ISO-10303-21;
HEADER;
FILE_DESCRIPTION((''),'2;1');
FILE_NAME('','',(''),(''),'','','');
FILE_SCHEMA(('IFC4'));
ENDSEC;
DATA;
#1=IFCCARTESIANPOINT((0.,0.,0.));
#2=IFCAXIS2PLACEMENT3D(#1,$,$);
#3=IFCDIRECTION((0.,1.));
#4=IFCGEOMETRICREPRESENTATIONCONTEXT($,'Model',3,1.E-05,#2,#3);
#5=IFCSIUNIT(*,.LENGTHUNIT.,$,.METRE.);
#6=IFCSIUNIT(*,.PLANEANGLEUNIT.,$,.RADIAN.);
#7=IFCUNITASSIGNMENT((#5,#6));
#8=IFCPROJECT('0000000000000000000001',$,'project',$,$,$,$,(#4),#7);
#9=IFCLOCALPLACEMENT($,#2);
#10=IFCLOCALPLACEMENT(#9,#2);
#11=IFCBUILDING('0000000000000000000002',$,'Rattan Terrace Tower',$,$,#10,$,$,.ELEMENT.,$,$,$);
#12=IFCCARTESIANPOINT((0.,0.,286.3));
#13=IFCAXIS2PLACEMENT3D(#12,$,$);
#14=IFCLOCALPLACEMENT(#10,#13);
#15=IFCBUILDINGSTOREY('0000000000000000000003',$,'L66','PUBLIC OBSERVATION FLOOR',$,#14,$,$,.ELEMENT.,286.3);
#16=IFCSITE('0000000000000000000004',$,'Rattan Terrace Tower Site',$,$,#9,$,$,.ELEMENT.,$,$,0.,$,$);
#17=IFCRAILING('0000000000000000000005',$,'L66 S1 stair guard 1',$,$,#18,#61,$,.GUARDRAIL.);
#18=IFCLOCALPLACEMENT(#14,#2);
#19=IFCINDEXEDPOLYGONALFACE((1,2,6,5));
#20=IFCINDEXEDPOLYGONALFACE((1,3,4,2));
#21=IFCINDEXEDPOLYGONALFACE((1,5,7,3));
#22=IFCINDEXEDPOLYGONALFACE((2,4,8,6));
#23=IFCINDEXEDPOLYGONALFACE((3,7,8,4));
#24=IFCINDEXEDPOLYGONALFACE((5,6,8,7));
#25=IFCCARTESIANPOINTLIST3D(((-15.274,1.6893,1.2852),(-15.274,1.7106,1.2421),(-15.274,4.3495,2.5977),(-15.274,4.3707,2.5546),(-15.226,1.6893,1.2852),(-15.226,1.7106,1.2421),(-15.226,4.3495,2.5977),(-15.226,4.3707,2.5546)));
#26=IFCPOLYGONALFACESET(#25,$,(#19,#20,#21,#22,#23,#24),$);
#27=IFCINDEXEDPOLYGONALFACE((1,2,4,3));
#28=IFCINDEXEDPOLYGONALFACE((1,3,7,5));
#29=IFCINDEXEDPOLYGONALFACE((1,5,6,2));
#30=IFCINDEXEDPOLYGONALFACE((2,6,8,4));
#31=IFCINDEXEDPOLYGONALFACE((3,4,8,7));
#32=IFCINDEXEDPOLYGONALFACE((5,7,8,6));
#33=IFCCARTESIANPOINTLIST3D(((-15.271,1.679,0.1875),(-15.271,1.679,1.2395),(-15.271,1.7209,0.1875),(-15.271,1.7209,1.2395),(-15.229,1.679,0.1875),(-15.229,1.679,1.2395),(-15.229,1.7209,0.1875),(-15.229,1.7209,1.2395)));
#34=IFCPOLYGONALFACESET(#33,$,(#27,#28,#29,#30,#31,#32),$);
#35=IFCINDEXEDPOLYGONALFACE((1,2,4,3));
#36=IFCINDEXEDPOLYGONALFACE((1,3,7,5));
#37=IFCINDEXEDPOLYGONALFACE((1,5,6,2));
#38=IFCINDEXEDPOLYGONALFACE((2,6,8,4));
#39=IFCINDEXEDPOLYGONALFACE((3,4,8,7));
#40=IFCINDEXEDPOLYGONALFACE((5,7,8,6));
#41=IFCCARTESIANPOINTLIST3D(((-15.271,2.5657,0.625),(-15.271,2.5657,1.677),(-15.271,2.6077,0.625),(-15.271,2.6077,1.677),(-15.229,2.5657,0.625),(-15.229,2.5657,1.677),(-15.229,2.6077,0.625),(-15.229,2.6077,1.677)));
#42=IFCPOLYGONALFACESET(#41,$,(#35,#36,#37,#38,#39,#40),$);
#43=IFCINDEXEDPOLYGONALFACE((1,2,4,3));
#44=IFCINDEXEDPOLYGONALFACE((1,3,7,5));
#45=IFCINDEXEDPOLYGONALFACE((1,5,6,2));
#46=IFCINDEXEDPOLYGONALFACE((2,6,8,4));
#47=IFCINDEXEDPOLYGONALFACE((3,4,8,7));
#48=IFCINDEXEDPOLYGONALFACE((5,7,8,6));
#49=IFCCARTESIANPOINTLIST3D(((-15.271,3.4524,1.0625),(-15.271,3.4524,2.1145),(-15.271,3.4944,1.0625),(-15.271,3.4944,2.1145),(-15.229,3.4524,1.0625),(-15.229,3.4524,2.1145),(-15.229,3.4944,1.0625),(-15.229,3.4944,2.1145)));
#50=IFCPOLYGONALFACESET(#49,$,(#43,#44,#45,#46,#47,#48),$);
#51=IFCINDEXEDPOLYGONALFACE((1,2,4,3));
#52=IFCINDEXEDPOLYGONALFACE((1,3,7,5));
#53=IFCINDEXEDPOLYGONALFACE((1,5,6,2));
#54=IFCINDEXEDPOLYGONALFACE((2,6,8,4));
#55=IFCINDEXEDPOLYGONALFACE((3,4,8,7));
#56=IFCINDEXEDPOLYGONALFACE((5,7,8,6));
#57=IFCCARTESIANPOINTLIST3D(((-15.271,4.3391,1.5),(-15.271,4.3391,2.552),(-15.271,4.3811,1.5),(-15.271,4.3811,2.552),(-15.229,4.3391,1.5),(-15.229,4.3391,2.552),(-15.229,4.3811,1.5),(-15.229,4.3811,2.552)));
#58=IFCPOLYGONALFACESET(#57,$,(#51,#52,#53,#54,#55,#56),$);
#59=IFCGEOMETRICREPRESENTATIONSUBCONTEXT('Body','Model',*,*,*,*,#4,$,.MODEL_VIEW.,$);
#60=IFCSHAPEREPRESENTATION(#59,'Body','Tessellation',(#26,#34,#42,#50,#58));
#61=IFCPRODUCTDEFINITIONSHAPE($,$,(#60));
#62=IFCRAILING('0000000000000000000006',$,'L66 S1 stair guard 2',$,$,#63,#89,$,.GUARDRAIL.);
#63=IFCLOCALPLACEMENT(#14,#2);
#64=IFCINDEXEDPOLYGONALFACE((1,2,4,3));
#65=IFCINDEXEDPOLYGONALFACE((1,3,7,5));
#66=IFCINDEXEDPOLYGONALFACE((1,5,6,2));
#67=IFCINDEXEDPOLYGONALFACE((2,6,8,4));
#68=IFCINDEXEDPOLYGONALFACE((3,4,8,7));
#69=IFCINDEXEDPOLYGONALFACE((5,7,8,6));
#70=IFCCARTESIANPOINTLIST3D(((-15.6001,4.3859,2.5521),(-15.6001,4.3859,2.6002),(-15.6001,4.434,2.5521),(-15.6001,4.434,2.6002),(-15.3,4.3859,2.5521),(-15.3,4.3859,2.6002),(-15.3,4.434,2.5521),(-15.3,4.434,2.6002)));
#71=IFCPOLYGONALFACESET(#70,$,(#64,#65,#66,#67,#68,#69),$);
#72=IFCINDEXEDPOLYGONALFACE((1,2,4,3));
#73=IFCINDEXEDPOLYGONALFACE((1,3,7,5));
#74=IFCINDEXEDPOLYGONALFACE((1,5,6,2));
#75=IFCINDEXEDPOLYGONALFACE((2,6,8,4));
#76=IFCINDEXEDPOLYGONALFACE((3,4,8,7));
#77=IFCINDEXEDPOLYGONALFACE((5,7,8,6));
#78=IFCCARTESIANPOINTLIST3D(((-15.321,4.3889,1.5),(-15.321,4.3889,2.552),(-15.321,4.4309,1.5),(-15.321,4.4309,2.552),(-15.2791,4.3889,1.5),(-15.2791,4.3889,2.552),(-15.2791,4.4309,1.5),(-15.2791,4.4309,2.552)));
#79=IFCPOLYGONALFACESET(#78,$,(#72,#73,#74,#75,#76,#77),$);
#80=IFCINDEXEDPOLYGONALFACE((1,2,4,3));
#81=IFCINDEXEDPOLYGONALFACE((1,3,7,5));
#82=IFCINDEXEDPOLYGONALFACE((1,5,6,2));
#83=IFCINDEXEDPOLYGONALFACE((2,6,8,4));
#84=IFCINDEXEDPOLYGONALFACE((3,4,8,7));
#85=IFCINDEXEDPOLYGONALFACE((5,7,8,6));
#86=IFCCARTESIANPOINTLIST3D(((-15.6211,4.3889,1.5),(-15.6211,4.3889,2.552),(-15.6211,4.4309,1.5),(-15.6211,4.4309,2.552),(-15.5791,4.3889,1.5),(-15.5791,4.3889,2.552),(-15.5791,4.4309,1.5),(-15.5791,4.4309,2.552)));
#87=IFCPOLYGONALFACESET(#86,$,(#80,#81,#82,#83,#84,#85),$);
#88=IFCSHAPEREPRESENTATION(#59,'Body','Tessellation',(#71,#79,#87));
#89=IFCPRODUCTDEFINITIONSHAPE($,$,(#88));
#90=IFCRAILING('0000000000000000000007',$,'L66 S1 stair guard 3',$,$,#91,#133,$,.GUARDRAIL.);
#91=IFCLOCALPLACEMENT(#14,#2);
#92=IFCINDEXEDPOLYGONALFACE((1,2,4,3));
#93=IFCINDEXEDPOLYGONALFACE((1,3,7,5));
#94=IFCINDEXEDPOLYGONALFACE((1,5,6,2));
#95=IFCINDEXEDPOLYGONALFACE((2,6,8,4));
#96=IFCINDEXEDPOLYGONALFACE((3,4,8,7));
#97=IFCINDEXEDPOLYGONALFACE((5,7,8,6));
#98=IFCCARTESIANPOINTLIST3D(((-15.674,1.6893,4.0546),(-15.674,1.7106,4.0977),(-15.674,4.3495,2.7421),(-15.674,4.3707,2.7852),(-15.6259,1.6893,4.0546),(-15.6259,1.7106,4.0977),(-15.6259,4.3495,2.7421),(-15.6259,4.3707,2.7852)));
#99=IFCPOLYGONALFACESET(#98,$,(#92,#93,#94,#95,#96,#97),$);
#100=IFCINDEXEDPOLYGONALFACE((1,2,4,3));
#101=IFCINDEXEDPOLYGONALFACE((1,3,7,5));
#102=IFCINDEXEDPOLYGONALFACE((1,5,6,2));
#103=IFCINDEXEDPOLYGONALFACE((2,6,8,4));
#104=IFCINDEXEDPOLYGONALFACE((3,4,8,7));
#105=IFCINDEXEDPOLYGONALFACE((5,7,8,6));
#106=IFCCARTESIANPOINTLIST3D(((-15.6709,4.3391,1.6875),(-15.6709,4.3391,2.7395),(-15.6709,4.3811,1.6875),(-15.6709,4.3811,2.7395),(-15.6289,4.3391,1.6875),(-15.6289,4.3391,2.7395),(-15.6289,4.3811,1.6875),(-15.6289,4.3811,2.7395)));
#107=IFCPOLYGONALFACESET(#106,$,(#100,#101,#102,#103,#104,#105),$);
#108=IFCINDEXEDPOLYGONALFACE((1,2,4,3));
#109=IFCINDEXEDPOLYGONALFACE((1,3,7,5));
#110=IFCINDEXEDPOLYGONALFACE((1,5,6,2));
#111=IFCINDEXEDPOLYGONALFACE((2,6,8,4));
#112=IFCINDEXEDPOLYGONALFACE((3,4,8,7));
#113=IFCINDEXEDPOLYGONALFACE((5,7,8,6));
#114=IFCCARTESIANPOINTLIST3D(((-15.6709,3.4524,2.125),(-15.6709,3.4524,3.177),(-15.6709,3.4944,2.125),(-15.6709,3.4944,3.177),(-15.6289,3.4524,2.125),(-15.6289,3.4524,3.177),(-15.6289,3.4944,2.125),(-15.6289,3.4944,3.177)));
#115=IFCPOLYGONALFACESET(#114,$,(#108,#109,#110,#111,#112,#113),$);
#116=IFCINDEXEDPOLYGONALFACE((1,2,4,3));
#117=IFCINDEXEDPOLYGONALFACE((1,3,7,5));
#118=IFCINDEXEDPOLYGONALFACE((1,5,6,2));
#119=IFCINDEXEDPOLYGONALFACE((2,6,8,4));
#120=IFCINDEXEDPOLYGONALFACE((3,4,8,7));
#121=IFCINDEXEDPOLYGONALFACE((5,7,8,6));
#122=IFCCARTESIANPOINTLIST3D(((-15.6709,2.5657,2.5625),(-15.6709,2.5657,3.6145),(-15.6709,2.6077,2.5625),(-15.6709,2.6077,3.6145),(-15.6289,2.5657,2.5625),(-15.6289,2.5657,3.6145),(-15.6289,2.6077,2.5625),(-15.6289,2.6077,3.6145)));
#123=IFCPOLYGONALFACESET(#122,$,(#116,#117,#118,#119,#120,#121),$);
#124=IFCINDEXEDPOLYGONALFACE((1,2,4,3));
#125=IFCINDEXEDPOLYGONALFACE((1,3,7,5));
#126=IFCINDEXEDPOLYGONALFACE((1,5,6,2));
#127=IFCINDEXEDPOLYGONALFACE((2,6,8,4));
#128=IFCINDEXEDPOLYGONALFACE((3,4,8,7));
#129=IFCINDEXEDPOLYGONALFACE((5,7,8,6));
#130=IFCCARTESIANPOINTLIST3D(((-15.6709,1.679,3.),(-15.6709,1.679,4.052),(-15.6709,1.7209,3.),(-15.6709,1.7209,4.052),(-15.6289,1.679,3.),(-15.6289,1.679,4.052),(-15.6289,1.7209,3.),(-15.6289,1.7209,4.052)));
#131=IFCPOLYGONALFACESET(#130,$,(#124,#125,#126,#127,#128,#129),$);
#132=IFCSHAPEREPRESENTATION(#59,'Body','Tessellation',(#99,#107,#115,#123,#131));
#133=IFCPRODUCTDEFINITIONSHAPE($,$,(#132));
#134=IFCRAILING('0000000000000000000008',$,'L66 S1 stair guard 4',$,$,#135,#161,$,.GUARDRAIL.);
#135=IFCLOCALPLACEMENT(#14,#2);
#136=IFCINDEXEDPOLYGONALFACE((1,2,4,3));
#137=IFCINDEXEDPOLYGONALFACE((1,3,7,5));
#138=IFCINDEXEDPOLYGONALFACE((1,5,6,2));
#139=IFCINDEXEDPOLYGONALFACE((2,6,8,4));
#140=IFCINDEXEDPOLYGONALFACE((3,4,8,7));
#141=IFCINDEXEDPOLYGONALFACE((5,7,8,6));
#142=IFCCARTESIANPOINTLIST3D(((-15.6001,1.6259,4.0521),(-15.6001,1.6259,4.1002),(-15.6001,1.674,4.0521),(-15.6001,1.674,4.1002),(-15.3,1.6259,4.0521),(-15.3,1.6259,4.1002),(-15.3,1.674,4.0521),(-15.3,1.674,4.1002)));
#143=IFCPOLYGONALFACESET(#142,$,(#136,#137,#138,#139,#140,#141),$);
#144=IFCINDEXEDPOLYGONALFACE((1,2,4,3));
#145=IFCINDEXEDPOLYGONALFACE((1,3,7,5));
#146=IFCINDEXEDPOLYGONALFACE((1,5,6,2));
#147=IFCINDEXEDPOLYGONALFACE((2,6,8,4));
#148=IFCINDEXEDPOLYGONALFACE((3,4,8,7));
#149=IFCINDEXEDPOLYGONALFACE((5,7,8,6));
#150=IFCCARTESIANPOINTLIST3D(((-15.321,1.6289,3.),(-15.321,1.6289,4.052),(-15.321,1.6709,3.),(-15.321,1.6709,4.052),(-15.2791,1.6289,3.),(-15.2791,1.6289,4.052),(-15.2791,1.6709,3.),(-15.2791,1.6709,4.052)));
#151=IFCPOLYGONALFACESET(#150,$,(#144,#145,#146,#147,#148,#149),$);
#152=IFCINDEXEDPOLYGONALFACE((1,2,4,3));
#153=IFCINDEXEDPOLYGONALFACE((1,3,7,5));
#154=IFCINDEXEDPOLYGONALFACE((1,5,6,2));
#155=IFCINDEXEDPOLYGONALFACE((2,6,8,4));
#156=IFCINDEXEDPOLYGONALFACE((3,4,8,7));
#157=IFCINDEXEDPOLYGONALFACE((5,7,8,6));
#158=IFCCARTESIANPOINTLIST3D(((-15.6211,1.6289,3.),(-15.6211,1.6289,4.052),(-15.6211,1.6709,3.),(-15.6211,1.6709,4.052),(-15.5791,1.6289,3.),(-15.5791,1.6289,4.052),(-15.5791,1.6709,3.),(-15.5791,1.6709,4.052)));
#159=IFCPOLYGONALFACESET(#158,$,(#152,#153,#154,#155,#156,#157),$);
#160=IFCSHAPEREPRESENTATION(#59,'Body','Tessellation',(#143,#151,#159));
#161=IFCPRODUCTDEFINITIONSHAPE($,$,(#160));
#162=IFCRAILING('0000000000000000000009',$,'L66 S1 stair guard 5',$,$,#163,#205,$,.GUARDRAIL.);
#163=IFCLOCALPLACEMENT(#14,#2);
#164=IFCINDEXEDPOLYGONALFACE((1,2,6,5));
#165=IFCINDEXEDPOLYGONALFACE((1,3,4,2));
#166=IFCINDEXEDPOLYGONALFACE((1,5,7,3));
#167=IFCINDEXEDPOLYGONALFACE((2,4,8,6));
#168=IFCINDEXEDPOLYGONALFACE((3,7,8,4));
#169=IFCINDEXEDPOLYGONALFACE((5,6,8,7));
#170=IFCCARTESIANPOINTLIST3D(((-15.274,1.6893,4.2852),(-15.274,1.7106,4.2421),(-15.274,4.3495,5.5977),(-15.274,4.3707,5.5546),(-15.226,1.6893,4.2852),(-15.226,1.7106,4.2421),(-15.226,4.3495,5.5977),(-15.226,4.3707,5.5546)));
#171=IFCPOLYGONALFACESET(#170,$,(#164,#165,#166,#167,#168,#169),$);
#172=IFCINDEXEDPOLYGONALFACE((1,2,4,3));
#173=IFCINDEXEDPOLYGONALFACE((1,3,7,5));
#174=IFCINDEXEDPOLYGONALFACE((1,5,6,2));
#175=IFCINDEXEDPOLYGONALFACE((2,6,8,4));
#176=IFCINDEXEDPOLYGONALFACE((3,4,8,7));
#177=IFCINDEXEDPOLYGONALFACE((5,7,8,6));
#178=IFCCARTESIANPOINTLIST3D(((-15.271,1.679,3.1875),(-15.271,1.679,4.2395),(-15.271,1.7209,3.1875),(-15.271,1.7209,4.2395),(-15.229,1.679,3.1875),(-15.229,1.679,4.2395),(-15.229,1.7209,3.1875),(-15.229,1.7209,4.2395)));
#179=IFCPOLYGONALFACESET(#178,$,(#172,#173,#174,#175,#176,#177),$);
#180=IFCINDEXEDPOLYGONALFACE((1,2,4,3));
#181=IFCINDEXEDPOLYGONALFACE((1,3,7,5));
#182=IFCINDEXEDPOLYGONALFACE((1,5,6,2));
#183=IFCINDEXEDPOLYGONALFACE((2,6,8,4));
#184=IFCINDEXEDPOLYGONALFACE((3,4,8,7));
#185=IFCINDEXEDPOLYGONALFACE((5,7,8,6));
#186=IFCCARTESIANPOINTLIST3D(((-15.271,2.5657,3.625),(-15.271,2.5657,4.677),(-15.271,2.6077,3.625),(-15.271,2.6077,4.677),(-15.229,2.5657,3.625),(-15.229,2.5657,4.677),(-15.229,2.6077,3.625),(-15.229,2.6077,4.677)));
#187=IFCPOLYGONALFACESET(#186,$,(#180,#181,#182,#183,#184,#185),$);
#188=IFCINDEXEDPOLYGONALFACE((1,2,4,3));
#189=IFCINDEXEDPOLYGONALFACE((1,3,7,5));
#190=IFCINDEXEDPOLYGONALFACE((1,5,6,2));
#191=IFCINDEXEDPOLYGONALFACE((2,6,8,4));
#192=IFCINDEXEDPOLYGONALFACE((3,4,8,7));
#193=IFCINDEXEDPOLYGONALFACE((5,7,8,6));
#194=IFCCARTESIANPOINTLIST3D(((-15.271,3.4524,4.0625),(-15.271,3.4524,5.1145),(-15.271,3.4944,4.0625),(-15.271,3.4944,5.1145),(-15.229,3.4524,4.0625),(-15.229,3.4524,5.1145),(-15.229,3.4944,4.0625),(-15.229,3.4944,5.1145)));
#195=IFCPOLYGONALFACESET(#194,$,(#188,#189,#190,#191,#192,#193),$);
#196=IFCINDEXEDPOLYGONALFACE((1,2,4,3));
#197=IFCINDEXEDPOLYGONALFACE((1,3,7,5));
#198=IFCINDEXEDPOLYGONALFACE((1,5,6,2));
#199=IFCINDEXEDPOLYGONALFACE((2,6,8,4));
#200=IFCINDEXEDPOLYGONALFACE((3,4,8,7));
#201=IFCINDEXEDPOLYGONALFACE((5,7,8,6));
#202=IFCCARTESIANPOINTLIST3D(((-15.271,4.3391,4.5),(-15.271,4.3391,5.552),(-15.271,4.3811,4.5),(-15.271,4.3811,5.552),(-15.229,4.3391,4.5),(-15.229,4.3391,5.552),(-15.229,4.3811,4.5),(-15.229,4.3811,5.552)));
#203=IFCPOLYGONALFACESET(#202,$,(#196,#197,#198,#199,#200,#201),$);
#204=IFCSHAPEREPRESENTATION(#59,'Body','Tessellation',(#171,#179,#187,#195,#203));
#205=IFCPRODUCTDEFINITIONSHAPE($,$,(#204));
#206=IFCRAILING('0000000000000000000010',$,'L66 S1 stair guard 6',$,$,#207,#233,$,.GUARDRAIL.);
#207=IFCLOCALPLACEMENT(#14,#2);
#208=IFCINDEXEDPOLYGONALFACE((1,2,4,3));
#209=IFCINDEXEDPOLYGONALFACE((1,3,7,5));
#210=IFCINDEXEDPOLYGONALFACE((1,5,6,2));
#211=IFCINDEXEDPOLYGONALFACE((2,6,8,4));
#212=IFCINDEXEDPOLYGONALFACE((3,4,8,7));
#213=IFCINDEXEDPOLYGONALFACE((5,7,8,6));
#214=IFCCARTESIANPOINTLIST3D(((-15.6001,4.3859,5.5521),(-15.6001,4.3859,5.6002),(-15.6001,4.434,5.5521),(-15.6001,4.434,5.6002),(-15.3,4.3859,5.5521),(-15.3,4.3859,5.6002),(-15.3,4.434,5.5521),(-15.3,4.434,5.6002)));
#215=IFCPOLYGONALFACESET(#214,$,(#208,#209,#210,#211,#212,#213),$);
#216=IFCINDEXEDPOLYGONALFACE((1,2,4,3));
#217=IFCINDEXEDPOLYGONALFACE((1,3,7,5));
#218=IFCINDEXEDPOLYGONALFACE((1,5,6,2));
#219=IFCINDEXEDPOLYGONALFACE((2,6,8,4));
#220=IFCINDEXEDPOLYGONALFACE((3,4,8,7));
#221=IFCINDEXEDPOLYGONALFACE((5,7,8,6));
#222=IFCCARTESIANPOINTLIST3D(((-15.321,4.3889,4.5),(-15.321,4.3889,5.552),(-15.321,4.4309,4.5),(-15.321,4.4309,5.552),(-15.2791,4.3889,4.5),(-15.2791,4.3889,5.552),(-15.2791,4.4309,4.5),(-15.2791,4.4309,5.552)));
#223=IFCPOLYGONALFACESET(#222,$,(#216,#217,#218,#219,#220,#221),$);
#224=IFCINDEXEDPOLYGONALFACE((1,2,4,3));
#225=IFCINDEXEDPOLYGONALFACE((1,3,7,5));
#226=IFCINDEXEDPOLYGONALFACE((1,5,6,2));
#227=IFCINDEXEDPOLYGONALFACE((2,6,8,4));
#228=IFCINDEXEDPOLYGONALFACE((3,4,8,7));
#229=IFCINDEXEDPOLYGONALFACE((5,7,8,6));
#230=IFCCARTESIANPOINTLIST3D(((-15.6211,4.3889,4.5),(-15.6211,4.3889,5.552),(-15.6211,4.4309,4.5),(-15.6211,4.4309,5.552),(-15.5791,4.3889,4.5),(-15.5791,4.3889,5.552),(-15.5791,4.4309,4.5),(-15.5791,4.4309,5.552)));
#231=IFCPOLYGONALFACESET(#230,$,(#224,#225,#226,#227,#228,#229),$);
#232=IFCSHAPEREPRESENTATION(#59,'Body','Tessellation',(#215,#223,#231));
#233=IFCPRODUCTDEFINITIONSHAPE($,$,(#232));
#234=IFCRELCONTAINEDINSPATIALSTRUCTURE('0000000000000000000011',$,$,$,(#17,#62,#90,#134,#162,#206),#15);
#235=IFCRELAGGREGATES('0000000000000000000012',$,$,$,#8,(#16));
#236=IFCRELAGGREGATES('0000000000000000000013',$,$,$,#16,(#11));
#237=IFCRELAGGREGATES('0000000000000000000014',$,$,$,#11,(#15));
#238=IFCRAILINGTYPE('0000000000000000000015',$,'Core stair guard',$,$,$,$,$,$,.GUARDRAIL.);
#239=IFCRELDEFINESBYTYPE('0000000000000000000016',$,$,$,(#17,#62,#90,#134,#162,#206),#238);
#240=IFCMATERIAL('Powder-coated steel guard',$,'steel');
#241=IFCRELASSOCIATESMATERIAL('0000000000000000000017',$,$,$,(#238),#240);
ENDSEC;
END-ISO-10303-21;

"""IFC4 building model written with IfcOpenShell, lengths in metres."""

from ifc_helpers import new_model, si_unit, direction, frame, origin, origin_2d, place, context, subcontext, project, spatial, rectangle, extrude, material, type_object, element, save


model = new_model("IFC4")

# Units and contexts
model_context = context("Model", 3, precision=1e-05, world=origin(), true_north=direction((0.0, 1.0)))
body_context = subcontext(model_context, "Body", "Model", "MODEL_VIEW")
ifc_project = project(units=[si_unit("LENGTHUNIT", "METRE"), si_unit("PLANEANGLEUNIT", "RADIAN")], contexts=[model_context])

# Site, building, storey
site_placement = place(None, origin())
site = spatial("IfcSite", under=ifc_project, at=site_placement, Name="Rattan Terrace Tower Site", CompositionType="ELEMENT", RefElevation=0.0)
building_placement = place(site_placement, origin())
building = spatial("IfcBuilding", under=site, at=building_placement, Name="Rattan Terrace Tower", CompositionType="ELEMENT")
storey_placement = place(building_placement, frame((0.0, 0.0, 286.3)))
storey = spatial("IfcBuildingStorey", under=building, at=storey_placement, Name="L66", Description="PUBLIC OBSERVATION FLOOR", CompositionType="ELEMENT", Elevation=286.3)

# Railings
ifc_material_1 = material(Name="Powder-coated steel guard", Category="steel")
railing_type_1 = type_object("IfcRailingType", Name="Core stair guard", PredefinedType="GUARDRAIL", material=ifc_material_1)
railing_1_placement = place(storey_placement, frame((-15.25, 1.7, 0.1875)))
element("IfcRailing", 1, at=railing_1_placement, inside=storey, type_object=railing_type_1, Name="L66 S1 stair guard 1", PredefinedType="GUARDRAIL", context=body_context, shape_type="SweptSolid", body=[
    extrude(rectangle(XDim=0.0481, YDim=0.0481, at=origin_2d()), frame((0.0, 0.0, 1.0762), z_axis=(0.0, 0.896785, 0.442467), x_axis=(-1.0, 0.0, 0.0)), (0.0, 0.0, 1.0), 2.9663),
    extrude(rectangle(XDim=0.042, YDim=0.042, at=origin_2d()), origin(), (0.0, 0.0, 1.0), 1.052),
    extrude(rectangle(XDim=0.042, YDim=0.042, at=origin_2d()), frame((0.0, 0.8867, 0.4375)), (0.0, 0.0, 1.0), 1.052),
    extrude(rectangle(XDim=0.042, YDim=0.042, at=origin_2d()), frame((0.0, 1.7734, 0.875)), (0.0, 0.0, 1.0), 1.052),
    extrude(rectangle(XDim=0.042, YDim=0.042, at=origin_2d()), frame((0.0, 2.6602, 1.3125)), (0.0, 0.0, 1.0), 1.052),
])
railing_2_placement = place(storey_placement, frame((-15.3, 4.4099, 1.5)))
element("IfcRailing", 2, at=railing_2_placement, inside=storey, type_object=railing_type_1, Name="L66 S1 stair guard 2", PredefinedType="GUARDRAIL", context=body_context, shape_type="SweptSolid", body=[
    extrude(rectangle(XDim=0.0481, YDim=0.0481, at=origin_2d()), frame((0.0, 0.0, 1.0762), z_axis=(-1.0, 0.0, 0.0), x_axis=(0.0, -1.0, 0.0)), (0.0, 0.0, 1.0), 0.3),
    extrude(rectangle(XDim=0.042, YDim=0.042, at=origin_2d()), origin(), (0.0, 0.0, 1.0), 1.052),
    extrude(rectangle(XDim=0.042, YDim=0.042, at=origin_2d()), frame((-0.3, 0.0, 0.0)), (0.0, 0.0, 1.0), 1.052),
])
railing_3_placement = place(storey_placement, frame((-15.6499, 4.3601, 1.6875)))
element("IfcRailing", 3, at=railing_3_placement, inside=storey, type_object=railing_type_1, Name="L66 S1 stair guard 3", PredefinedType="GUARDRAIL", context=body_context, shape_type="SweptSolid", body=[
    extrude(rectangle(XDim=0.0481, YDim=0.0481, at=origin_2d()), frame((0.0, 0.0, 1.0762), z_axis=(0.0, -0.896785, 0.442467), x_axis=(1.0, 0.0, 0.0)), (0.0, 0.0, 1.0), 2.9663),
    extrude(rectangle(XDim=0.042, YDim=0.042, at=origin_2d()), origin(), (0.0, 0.0, 1.0), 1.052),
    extrude(rectangle(XDim=0.042, YDim=0.042, at=origin_2d()), frame((0.0, -0.8867, 0.4375)), (0.0, 0.0, 1.0), 1.052),
    extrude(rectangle(XDim=0.042, YDim=0.042, at=origin_2d()), frame((0.0, -1.7734, 0.875)), (0.0, 0.0, 1.0), 1.052),
    extrude(rectangle(XDim=0.042, YDim=0.042, at=origin_2d()), frame((0.0, -2.6602, 1.3125)), (0.0, 0.0, 1.0), 1.052),
])
railing_4_placement = place(storey_placement, frame((-15.3, 1.6499, 3.0)))
element("IfcRailing", 4, at=railing_4_placement, inside=storey, type_object=railing_type_1, Name="L66 S1 stair guard 4", PredefinedType="GUARDRAIL", context=body_context, shape_type="SweptSolid", body=[
    extrude(rectangle(XDim=0.0481, YDim=0.0481, at=origin_2d()), frame((0.0, 0.0, 1.0762), z_axis=(-1.0, 0.0, 0.0), x_axis=(0.0, -1.0, 0.0)), (0.0, 0.0, 1.0), 0.3),
    extrude(rectangle(XDim=0.042, YDim=0.042, at=origin_2d()), origin(), (0.0, 0.0, 1.0), 1.052),
    extrude(rectangle(XDim=0.042, YDim=0.042, at=origin_2d()), frame((-0.3, 0.0, 0.0)), (0.0, 0.0, 1.0), 1.052),
])
railing_5_placement = place(storey_placement, frame((-15.25, 1.7, 3.1875)))
element("IfcRailing", 5, at=railing_5_placement, inside=storey, type_object=railing_type_1, Name="L66 S1 stair guard 5", PredefinedType="GUARDRAIL", context=body_context, shape_type="SweptSolid", body=[
    extrude(rectangle(XDim=0.0481, YDim=0.0481, at=origin_2d()), frame((0.0, 0.0, 1.0762), z_axis=(0.0, 0.896785, 0.442467), x_axis=(-1.0, 0.0, 0.0)), (0.0, 0.0, 1.0), 2.9663),
    extrude(rectangle(XDim=0.042, YDim=0.042, at=origin_2d()), origin(), (0.0, 0.0, 1.0), 1.052),
    extrude(rectangle(XDim=0.042, YDim=0.042, at=origin_2d()), frame((0.0, 0.8867, 0.4375)), (0.0, 0.0, 1.0), 1.052),
    extrude(rectangle(XDim=0.042, YDim=0.042, at=origin_2d()), frame((0.0, 1.7734, 0.875)), (0.0, 0.0, 1.0), 1.052),
    extrude(rectangle(XDim=0.042, YDim=0.042, at=origin_2d()), frame((0.0, 2.6602, 1.3125)), (0.0, 0.0, 1.0), 1.052),
])
railing_6_placement = place(storey_placement, frame((-15.3, 4.4099, 4.5)))
element("IfcRailing", 6, at=railing_6_placement, inside=storey, type_object=railing_type_1, Name="L66 S1 stair guard 6", PredefinedType="GUARDRAIL", context=body_context, shape_type="SweptSolid", body=[
    extrude(rectangle(XDim=0.0481, YDim=0.0481, at=origin_2d()), frame((0.0, 0.0, 1.0762), z_axis=(-1.0, 0.0, 0.0), x_axis=(0.0, -1.0, 0.0)), (0.0, 0.0, 1.0), 0.3),
    extrude(rectangle(XDim=0.042, YDim=0.042, at=origin_2d()), origin(), (0.0, 0.0, 1.0), 1.052),
    extrude(rectangle(XDim=0.042, YDim=0.042, at=origin_2d()), frame((-0.3, 0.0, 0.0)), (0.0, 0.0, 1.0), 1.052),
])

save(model, "model.ifc")
